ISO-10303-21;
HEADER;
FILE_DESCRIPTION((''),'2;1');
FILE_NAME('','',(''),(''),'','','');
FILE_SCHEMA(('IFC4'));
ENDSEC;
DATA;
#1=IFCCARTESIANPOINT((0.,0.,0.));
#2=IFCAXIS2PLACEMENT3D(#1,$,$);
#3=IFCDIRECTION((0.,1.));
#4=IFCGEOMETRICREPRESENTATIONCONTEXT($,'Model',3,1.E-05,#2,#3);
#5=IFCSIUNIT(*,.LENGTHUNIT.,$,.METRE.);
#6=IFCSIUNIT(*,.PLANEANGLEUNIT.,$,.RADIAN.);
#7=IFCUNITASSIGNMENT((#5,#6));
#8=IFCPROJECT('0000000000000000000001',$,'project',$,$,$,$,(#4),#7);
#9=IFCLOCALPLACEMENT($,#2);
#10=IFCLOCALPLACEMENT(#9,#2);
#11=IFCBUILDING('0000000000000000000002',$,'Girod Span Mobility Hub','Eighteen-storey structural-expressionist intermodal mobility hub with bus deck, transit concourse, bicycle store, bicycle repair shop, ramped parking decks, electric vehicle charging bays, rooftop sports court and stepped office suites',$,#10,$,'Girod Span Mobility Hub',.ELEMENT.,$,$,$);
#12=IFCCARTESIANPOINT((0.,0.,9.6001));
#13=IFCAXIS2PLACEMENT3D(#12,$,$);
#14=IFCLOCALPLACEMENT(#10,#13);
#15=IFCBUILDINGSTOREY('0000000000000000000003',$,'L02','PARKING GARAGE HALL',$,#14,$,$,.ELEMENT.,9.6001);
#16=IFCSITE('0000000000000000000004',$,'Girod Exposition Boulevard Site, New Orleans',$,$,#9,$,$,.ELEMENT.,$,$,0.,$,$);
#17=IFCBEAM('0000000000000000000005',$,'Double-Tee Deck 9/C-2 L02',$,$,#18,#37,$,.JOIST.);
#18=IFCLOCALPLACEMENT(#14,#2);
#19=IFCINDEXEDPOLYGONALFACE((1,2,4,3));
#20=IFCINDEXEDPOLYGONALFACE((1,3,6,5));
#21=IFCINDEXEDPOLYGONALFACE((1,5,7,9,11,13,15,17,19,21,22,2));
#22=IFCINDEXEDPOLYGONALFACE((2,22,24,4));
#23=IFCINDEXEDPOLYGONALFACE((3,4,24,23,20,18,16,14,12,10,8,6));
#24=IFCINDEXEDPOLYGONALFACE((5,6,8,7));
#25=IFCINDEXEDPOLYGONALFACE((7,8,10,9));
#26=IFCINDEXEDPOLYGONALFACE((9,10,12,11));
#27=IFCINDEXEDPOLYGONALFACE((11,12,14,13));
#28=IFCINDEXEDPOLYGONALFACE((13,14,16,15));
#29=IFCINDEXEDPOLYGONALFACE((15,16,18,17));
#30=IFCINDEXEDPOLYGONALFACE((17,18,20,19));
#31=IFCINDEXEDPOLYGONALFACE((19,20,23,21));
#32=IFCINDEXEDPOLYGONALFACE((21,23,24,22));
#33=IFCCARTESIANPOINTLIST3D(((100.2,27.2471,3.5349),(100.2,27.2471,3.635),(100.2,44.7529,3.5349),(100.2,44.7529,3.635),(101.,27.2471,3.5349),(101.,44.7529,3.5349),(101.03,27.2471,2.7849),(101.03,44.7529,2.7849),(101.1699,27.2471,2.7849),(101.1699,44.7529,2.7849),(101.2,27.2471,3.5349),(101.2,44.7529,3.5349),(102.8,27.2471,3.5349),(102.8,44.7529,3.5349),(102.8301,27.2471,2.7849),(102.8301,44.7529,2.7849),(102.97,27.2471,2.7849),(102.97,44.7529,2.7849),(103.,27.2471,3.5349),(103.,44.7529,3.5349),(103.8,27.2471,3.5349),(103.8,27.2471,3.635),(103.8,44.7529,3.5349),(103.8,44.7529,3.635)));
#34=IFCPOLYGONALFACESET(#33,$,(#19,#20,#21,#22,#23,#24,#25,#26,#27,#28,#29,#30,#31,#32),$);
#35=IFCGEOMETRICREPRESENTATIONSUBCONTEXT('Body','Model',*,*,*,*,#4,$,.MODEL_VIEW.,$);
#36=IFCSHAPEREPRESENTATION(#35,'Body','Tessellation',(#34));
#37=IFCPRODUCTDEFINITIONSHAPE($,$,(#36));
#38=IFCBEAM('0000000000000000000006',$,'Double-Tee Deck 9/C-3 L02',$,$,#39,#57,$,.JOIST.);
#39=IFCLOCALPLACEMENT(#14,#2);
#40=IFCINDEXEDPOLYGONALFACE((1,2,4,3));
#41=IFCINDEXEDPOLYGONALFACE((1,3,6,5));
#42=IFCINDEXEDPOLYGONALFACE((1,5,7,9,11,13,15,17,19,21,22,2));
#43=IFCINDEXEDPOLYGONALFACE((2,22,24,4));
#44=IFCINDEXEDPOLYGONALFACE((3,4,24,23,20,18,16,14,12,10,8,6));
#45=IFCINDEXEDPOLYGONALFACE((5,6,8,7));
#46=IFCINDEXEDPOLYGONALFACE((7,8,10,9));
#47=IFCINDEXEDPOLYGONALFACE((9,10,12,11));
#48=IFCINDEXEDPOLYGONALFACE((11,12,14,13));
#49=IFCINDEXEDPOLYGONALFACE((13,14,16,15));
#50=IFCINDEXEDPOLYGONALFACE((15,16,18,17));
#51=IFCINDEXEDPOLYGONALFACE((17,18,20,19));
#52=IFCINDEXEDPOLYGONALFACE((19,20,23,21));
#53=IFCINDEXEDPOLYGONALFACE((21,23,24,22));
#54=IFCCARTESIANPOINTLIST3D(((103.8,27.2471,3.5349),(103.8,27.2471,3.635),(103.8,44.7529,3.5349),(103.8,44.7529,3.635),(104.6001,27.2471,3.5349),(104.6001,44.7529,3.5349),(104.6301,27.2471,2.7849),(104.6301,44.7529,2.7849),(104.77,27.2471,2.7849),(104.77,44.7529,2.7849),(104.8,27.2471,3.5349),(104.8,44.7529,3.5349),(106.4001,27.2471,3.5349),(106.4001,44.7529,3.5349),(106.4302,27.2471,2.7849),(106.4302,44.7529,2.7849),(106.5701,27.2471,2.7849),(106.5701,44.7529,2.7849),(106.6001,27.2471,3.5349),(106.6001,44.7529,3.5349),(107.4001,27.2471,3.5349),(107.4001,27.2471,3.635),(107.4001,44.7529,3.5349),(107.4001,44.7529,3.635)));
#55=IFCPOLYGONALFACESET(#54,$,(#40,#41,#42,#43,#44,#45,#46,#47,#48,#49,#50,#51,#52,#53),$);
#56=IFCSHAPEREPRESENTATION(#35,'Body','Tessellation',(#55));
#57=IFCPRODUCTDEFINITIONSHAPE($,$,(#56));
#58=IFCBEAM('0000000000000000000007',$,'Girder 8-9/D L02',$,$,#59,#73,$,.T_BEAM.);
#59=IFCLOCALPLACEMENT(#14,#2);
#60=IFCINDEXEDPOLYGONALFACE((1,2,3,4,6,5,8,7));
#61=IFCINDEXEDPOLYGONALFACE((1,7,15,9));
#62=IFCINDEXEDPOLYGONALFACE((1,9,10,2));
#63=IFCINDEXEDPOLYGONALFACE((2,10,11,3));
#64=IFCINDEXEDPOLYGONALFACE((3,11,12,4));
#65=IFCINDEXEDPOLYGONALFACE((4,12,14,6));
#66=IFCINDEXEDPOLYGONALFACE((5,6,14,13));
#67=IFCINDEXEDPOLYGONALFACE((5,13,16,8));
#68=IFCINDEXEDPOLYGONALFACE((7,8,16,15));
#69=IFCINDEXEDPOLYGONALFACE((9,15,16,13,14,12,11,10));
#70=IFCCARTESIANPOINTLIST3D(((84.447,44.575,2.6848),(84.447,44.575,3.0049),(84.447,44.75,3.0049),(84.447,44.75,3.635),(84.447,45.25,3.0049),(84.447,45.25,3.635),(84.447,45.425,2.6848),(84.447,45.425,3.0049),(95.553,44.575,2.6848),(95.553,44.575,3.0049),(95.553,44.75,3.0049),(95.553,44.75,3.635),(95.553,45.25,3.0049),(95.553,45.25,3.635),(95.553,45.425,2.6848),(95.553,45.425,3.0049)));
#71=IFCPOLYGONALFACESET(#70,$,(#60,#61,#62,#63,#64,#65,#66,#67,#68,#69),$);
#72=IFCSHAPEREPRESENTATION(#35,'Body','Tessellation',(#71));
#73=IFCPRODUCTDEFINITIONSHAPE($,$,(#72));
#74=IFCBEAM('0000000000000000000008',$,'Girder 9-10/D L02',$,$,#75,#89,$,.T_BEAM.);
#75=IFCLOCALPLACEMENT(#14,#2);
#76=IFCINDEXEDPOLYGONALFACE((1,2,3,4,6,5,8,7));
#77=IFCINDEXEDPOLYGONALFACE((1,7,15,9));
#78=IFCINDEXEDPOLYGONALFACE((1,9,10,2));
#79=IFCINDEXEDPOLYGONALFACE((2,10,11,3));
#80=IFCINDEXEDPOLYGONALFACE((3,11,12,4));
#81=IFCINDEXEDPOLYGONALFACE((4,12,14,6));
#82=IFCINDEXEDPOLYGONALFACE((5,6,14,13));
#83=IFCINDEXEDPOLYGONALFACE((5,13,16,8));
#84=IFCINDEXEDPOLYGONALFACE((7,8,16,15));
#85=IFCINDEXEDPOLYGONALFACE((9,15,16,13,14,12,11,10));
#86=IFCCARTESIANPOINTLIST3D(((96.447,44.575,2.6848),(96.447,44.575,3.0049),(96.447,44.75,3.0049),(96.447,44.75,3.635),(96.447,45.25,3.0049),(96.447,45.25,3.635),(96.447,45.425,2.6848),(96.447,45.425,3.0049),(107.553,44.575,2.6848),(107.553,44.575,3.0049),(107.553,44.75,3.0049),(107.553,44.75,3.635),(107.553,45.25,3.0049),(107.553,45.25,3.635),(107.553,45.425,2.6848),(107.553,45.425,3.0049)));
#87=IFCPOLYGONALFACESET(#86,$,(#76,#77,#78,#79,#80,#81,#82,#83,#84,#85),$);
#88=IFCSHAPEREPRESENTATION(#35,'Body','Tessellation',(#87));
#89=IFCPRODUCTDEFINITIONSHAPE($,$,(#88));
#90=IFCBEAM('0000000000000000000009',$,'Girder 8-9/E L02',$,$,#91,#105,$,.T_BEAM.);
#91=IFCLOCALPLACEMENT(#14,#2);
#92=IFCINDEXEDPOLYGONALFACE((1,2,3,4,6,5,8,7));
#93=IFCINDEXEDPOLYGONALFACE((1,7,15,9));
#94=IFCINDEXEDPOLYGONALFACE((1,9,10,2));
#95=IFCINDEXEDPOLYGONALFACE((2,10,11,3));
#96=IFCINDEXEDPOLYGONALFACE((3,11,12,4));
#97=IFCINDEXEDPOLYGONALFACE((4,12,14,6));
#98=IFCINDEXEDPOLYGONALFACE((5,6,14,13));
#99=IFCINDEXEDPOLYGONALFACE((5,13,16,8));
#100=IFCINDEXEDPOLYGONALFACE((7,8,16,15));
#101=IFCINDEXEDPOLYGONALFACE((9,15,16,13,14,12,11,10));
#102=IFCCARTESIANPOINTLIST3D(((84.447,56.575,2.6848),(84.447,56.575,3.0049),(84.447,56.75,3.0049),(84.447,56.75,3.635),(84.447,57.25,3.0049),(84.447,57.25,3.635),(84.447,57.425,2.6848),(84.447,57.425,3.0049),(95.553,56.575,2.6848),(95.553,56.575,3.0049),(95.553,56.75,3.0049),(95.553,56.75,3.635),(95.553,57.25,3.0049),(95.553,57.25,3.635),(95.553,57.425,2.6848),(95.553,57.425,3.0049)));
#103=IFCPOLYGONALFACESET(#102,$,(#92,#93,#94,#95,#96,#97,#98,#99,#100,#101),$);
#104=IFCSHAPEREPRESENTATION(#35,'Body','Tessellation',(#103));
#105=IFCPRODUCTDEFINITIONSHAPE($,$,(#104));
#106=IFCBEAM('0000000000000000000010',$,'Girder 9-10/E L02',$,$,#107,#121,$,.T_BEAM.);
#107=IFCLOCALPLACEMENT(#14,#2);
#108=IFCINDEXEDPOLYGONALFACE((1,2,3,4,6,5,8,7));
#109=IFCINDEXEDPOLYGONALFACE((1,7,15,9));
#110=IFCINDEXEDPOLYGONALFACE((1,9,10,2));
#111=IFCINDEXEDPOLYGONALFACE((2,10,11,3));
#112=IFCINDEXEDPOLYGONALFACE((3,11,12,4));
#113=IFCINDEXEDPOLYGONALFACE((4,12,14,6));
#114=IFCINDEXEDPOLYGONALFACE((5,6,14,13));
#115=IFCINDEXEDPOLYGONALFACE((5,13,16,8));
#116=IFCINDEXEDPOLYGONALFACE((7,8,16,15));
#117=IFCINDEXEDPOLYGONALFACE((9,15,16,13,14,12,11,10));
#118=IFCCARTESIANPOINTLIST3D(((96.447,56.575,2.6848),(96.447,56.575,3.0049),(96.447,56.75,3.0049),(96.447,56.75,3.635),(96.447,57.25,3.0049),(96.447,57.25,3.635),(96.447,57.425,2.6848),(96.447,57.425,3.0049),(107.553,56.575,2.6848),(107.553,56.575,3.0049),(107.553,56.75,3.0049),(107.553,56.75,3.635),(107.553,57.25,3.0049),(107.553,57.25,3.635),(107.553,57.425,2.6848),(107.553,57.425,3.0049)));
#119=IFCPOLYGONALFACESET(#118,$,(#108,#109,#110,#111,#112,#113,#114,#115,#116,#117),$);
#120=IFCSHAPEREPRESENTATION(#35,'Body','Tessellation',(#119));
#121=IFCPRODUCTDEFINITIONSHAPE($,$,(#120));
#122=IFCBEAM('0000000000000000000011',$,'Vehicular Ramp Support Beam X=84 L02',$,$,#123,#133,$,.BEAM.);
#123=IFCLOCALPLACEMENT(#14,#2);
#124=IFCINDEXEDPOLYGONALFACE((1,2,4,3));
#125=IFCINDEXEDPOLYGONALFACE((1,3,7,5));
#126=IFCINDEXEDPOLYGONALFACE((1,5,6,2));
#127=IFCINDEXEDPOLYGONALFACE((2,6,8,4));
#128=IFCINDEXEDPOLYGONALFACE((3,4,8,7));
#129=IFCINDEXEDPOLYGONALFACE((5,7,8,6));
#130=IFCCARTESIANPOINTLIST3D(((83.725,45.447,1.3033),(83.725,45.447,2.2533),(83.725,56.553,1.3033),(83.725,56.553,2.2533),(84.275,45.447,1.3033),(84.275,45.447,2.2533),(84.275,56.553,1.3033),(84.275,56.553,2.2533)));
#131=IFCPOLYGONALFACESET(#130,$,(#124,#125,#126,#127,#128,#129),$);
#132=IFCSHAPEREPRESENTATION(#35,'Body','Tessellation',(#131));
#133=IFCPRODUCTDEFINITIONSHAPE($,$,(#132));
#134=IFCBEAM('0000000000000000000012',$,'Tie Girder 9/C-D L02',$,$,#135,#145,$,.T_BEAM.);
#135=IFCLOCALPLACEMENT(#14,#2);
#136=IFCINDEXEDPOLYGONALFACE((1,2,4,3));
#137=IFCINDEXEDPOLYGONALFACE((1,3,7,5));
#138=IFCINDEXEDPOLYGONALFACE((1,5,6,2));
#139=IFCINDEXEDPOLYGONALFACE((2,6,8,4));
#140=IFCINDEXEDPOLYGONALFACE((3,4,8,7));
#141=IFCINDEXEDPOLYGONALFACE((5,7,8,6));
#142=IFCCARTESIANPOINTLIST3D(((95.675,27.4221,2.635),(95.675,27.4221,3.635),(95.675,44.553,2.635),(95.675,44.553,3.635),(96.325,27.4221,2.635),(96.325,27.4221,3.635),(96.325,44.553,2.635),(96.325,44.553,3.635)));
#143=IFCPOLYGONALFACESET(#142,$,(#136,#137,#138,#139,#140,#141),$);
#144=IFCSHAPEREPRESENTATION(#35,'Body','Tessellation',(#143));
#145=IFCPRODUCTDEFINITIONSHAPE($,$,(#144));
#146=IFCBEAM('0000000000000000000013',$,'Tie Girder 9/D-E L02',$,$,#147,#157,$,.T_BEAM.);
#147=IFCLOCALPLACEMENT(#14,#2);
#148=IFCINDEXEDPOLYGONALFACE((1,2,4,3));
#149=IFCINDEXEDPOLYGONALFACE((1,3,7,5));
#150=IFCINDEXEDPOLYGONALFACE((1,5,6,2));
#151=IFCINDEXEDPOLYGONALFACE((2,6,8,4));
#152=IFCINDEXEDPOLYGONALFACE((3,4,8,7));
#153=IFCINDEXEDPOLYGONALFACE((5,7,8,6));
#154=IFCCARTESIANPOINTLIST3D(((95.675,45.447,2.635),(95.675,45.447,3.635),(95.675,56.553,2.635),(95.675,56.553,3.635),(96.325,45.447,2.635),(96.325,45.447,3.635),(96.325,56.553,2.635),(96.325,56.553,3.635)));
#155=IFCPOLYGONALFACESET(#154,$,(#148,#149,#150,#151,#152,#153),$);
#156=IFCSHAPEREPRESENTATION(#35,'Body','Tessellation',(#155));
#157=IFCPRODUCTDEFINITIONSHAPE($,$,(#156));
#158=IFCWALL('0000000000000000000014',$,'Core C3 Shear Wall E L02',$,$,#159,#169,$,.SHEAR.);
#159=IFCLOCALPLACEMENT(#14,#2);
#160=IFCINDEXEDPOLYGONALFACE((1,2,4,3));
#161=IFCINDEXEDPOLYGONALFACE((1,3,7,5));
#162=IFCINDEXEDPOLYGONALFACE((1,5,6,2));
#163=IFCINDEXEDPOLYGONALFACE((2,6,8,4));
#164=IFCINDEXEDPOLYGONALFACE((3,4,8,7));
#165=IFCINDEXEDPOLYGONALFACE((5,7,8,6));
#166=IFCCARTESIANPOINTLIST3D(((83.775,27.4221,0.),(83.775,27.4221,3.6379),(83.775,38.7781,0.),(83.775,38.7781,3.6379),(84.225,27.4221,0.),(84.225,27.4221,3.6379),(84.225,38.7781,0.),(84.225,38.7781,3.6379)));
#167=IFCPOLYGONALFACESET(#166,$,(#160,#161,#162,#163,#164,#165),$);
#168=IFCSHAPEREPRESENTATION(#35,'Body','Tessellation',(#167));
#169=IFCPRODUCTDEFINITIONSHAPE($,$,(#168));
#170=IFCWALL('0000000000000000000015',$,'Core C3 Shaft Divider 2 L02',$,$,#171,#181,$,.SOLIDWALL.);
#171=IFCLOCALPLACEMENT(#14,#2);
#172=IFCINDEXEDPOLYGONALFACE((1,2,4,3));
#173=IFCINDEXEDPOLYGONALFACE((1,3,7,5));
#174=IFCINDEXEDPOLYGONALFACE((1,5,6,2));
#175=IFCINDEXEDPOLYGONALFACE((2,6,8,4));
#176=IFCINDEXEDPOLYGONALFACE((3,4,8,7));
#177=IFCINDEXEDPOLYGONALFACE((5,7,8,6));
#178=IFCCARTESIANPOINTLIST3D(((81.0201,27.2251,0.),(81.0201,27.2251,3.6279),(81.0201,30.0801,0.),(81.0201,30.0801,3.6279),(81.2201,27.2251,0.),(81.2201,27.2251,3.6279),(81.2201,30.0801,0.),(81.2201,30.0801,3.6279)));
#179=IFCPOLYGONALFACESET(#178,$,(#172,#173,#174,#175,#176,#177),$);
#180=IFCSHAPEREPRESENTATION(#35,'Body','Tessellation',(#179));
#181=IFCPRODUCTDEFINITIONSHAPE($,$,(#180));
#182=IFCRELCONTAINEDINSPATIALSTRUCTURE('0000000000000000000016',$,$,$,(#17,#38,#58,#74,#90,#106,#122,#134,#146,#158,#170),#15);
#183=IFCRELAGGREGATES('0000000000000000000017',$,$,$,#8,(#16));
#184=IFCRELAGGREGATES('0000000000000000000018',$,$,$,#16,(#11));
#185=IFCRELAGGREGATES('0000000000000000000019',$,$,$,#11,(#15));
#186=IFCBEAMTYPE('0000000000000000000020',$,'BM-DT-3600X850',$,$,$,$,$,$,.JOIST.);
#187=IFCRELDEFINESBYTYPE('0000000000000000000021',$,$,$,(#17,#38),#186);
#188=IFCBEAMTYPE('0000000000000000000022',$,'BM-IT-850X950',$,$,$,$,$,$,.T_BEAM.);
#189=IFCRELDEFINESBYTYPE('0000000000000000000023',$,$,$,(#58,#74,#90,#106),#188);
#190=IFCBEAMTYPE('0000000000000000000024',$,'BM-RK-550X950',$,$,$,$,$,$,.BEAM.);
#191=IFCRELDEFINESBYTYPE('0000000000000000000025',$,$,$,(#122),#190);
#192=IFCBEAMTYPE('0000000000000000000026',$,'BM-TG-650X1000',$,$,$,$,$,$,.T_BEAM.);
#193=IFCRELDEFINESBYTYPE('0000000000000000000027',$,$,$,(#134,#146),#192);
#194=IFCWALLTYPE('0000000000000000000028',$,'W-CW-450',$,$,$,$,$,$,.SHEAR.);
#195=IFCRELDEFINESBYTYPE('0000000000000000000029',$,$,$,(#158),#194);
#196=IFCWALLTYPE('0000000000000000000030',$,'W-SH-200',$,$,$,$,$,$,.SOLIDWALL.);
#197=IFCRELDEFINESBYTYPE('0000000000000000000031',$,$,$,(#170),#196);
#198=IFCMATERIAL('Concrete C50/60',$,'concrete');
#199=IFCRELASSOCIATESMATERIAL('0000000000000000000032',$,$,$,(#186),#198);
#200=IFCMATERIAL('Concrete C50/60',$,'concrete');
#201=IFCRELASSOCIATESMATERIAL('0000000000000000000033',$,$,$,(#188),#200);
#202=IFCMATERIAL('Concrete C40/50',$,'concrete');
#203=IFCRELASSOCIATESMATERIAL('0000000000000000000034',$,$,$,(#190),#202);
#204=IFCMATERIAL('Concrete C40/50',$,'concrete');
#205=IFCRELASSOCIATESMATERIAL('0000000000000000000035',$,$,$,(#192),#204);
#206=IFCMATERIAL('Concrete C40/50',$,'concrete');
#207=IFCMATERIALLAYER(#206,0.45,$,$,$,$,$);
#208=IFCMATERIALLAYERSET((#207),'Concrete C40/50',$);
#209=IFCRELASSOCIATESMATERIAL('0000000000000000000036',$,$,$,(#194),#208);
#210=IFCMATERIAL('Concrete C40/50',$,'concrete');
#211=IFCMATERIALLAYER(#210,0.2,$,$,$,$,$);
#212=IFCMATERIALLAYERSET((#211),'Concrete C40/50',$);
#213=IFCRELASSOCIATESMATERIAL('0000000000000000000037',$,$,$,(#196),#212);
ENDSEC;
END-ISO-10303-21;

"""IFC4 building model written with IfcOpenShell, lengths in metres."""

from ifc_helpers import new_model, si_unit, direction, frame, frame_2d, origin, origin_2d, place, context, subcontext, project, spatial, polyline, rectangle, outline, extrude, material, layer, layer_set, material_profile, profile_set, type_object, element, save


model = new_model("IFC4")

# Units and contexts
model_context = context("Model", 3, precision=1e-05, world=origin(), true_north=direction((0.0, 1.0)))
body_context = subcontext(model_context, "Body", "Model", "MODEL_VIEW")
ifc_project = project(units=[si_unit("LENGTHUNIT", "METRE"), si_unit("PLANEANGLEUNIT", "RADIAN")], contexts=[model_context])

# Site, building, storey
site_placement = place(None, origin())
site = spatial("IfcSite", under=ifc_project, at=site_placement, Name="Girod Exposition Boulevard Site, New Orleans", CompositionType="ELEMENT", RefElevation=0.0)
building_placement = place(site_placement, origin())
building = spatial("IfcBuilding", under=site, at=building_placement, Name="Girod Span Mobility Hub", Description="Eighteen-storey structural-expressionist intermodal mobility hub with bus deck, transit concourse, bicycle store, bicycle repair shop, ramped parking decks, electric vehicle charging bays, rooftop sports court and stepped office suites", LongName="Girod Span Mobility Hub", CompositionType="ELEMENT")
storey_placement = place(building_placement, frame((0.0, 0.0, 9.6001)))
storey = spatial("IfcBuildingStorey", under=building, at=storey_placement, Name="L02", Description="PARKING GARAGE HALL", CompositionType="ELEMENT", Elevation=9.6001)

# Beams
ifc_material_1 = material(Name="Concrete C50/60", Category="concrete")
ifc_material_profile_1 = material_profile(ifc_material_1, outline(polyline([(-1.8, 0.425), (-1.8, 0.325), (-1.0, 0.325), (-0.97, -0.425), (-0.8301, -0.425), (-0.8, 0.325), (0.8, 0.325), (0.8301, -0.425), (0.97, -0.425), (1.0, 0.325), (1.8, 0.325), (1.8, 0.425), (-1.8, 0.425)])), Name="DT-3600X850")
ifc_profile_set_1 = profile_set([ifc_material_profile_1], Name="Concrete C50/60")
beam_type_1 = type_object("IfcBeamType", Name="BM-DT-3600X850", PredefinedType="JOIST", material=ifc_profile_set_1)
for number, where, z_axis, x_axis, name in (
    (1, (102.0, 27.2471, 3.21), (0.0, 1.0, 0.0), (-1.0, 0.0, 0.0), "Double-Tee Deck 9/C-2 L02"),
    (2, (105.6001, 27.2471, 3.21), (0.0, 1.0, 0.0), (-1.0, 0.0, 0.0), "Double-Tee Deck 9/C-3 L02"),
):
    element("IfcBeam", number, at=place(storey_placement, frame(where, z_axis=z_axis, x_axis=x_axis)), inside=storey, type_object=beam_type_1, Name=name, PredefinedType="JOIST", context=body_context, shape_type="SweptSolid", body=[
        extrude(outline(polyline([(-1.8, 0.425), (-1.8, 0.325), (-1.0, 0.325), (-0.97, -0.425), (-0.8301, -0.425), (-0.8, 0.325), (0.8, 0.325), (0.8301, -0.425), (0.97, -0.425), (1.0, 0.325), (1.8, 0.325), (1.8, 0.425), (-1.8, 0.425)])), origin(), (0.0, 0.0, 1.0), 17.5059),
    ])
ifc_material_2 = material(Name="Concrete C50/60", Category="concrete")
ifc_material_profile_2 = material_profile(ifc_material_2, outline(polyline([(-0.425, -0.4751), (0.425, -0.4751), (0.425, -0.155), (0.25, -0.155), (0.25, 0.4751), (-0.25, 0.4751), (-0.25, -0.155), (-0.425, -0.155), (-0.425, -0.4751)])), Name="IT-850X950")
ifc_profile_set_2 = profile_set([ifc_material_profile_2], Name="Concrete C50/60")
beam_type_2 = type_object("IfcBeamType", Name="BM-IT-850X950", PredefinedType="T_BEAM", material=ifc_profile_set_2)
for number, where, z_axis, x_axis, name in (
    (3, (84.447, 45.0, 3.1599), (1.0, 0.0, 0.0), (0.0, 1.0, 0.0), "Girder 8-9/D L02"),
    (4, (96.447, 45.0, 3.1599), (1.0, 0.0, 0.0), (0.0, 1.0, 0.0), "Girder 9-10/D L02"),
    (5, (84.447, 57.0, 3.1599), (1.0, 0.0, 0.0), (0.0, 1.0, 0.0), "Girder 8-9/E L02"),
    (6, (96.447, 57.0, 3.1599), (1.0, 0.0, 0.0), (0.0, 1.0, 0.0), "Girder 9-10/E L02"),
):
    element("IfcBeam", number, at=place(storey_placement, frame(where, z_axis=z_axis, x_axis=x_axis)), inside=storey, type_object=beam_type_2, Name=name, PredefinedType="T_BEAM", context=body_context, shape_type="SweptSolid", body=[
        extrude(outline(polyline([(-0.425, -0.4751), (0.425, -0.4751), (0.425, -0.155), (0.25, -0.155), (0.25, 0.4751), (-0.25, 0.4751), (-0.25, -0.155), (-0.425, -0.155), (-0.425, -0.4751)])), origin(), (0.0, 0.0, 1.0), 11.106),
    ])
ifc_material_3 = material(Name="Concrete C40/50", Category="concrete")
ifc_material_profile_3 = material_profile(ifc_material_3, rectangle(XDim=0.55, YDim=0.95, at=origin_2d()), Name="RK-550X950")
ifc_profile_set_3 = profile_set([ifc_material_profile_3], Name="Concrete C40/50")
beam_type_3 = type_object("IfcBeamType", Name="BM-RK-550X950", PredefinedType="BEAM", material=ifc_profile_set_3)
beam_1_placement = place(storey_placement, frame((84.0, 45.447, 1.7783), z_axis=(0.0, 1.0, 0.0), x_axis=(-1.0, 0.0, 0.0)))
element("IfcBeam", 7, at=beam_1_placement, inside=storey, type_object=beam_type_3, Name="Vehicular Ramp Support Beam X=84 L02", PredefinedType="BEAM", context=body_context, shape_type="SweptSolid", body=[
    extrude(rectangle(XDim=0.55, YDim=0.95, at=origin_2d()), origin(), (0.0, 0.0, 1.0), 11.106),
])
ifc_material_4 = material(Name="Concrete C40/50", Category="concrete")
ifc_material_profile_4 = material_profile(ifc_material_4, rectangle(XDim=0.6499, YDim=1.0, at=origin_2d()), Name="TG-650X1000")
ifc_profile_set_4 = profile_set([ifc_material_profile_4], Name="Concrete C40/50")
beam_type_4 = type_object("IfcBeamType", Name="BM-TG-650X1000", PredefinedType="T_BEAM", material=ifc_profile_set_4)
beam_2_placement = place(storey_placement, frame((96.0, 27.4221, 3.135), z_axis=(0.0, 1.0, 0.0), x_axis=(-1.0, 0.0, 0.0)))
element("IfcBeam", 8, at=beam_2_placement, inside=storey, type_object=beam_type_4, Name="Tie Girder 9/C-D L02", PredefinedType="T_BEAM", context=body_context, shape_type="SweptSolid", body=[
    extrude(rectangle(XDim=0.6499, YDim=1.0, at=origin_2d()), origin(), (0.0, 0.0, 1.0), 17.1309),
])
beam_3_placement = place(storey_placement, frame((96.0, 45.447, 3.135), z_axis=(0.0, 1.0, 0.0), x_axis=(-1.0, 0.0, 0.0)))
element("IfcBeam", 9, at=beam_3_placement, inside=storey, type_object=beam_type_4, Name="Tie Girder 9/D-E L02", PredefinedType="T_BEAM", context=body_context, shape_type="SweptSolid", body=[
    extrude(rectangle(XDim=0.6499, YDim=1.0, at=origin_2d()), origin(), (0.0, 0.0, 1.0), 11.106),
])

# Walls
ifc_material_5 = material(Name="Concrete C40/50", Category="concrete")
ifc_layer_1 = layer(ifc_material_5, 0.45)
ifc_layer_set_1 = layer_set([ifc_layer_1], Name="Concrete C40/50")
wall_type_1 = type_object("IfcWallType", Name="W-CW-450", PredefinedType="SHEAR", material=ifc_layer_set_1)
wall_1_placement = place(storey_placement, frame((84.0, 27.4221, 0.0), z_axis=(0.0, 0.0, 1.0), x_axis=(0.0, 1.0, 0.0)))
element("IfcWall", 10, at=wall_1_placement, inside=storey, type_object=wall_type_1, Name="Core C3 Shear Wall E L02", PredefinedType="SHEAR", context=body_context, shape_type="SweptSolid", body=[
    extrude(rectangle(XDim=11.356, YDim=0.45, at=frame_2d((5.678, 0.0))), origin(), (0.0, 0.0, 1.0), 3.6379),
])
ifc_material_6 = material(Name="Concrete C40/50", Category="concrete")
ifc_layer_2 = layer(ifc_material_6, 0.2)
ifc_layer_set_2 = layer_set([ifc_layer_2], Name="Concrete C40/50")
wall_type_2 = type_object("IfcWallType", Name="W-SH-200", PredefinedType="SOLIDWALL", material=ifc_layer_set_2)
wall_2_placement = place(storey_placement, frame((81.1201, 27.2251, 0.0), z_axis=(0.0, 0.0, 1.0), x_axis=(0.0, 1.0, 0.0)))
element("IfcWall", 11, at=wall_2_placement, inside=storey, type_object=wall_type_2, Name="Core C3 Shaft Divider 2 L02", PredefinedType="SOLIDWALL", context=body_context, shape_type="SweptSolid", body=[
    extrude(rectangle(XDim=2.855, YDim=0.2, at=frame_2d((1.4275, 0.0))), origin(), (0.0, 0.0, 1.0), 3.6279),
])

save(model, "model.ifc")
